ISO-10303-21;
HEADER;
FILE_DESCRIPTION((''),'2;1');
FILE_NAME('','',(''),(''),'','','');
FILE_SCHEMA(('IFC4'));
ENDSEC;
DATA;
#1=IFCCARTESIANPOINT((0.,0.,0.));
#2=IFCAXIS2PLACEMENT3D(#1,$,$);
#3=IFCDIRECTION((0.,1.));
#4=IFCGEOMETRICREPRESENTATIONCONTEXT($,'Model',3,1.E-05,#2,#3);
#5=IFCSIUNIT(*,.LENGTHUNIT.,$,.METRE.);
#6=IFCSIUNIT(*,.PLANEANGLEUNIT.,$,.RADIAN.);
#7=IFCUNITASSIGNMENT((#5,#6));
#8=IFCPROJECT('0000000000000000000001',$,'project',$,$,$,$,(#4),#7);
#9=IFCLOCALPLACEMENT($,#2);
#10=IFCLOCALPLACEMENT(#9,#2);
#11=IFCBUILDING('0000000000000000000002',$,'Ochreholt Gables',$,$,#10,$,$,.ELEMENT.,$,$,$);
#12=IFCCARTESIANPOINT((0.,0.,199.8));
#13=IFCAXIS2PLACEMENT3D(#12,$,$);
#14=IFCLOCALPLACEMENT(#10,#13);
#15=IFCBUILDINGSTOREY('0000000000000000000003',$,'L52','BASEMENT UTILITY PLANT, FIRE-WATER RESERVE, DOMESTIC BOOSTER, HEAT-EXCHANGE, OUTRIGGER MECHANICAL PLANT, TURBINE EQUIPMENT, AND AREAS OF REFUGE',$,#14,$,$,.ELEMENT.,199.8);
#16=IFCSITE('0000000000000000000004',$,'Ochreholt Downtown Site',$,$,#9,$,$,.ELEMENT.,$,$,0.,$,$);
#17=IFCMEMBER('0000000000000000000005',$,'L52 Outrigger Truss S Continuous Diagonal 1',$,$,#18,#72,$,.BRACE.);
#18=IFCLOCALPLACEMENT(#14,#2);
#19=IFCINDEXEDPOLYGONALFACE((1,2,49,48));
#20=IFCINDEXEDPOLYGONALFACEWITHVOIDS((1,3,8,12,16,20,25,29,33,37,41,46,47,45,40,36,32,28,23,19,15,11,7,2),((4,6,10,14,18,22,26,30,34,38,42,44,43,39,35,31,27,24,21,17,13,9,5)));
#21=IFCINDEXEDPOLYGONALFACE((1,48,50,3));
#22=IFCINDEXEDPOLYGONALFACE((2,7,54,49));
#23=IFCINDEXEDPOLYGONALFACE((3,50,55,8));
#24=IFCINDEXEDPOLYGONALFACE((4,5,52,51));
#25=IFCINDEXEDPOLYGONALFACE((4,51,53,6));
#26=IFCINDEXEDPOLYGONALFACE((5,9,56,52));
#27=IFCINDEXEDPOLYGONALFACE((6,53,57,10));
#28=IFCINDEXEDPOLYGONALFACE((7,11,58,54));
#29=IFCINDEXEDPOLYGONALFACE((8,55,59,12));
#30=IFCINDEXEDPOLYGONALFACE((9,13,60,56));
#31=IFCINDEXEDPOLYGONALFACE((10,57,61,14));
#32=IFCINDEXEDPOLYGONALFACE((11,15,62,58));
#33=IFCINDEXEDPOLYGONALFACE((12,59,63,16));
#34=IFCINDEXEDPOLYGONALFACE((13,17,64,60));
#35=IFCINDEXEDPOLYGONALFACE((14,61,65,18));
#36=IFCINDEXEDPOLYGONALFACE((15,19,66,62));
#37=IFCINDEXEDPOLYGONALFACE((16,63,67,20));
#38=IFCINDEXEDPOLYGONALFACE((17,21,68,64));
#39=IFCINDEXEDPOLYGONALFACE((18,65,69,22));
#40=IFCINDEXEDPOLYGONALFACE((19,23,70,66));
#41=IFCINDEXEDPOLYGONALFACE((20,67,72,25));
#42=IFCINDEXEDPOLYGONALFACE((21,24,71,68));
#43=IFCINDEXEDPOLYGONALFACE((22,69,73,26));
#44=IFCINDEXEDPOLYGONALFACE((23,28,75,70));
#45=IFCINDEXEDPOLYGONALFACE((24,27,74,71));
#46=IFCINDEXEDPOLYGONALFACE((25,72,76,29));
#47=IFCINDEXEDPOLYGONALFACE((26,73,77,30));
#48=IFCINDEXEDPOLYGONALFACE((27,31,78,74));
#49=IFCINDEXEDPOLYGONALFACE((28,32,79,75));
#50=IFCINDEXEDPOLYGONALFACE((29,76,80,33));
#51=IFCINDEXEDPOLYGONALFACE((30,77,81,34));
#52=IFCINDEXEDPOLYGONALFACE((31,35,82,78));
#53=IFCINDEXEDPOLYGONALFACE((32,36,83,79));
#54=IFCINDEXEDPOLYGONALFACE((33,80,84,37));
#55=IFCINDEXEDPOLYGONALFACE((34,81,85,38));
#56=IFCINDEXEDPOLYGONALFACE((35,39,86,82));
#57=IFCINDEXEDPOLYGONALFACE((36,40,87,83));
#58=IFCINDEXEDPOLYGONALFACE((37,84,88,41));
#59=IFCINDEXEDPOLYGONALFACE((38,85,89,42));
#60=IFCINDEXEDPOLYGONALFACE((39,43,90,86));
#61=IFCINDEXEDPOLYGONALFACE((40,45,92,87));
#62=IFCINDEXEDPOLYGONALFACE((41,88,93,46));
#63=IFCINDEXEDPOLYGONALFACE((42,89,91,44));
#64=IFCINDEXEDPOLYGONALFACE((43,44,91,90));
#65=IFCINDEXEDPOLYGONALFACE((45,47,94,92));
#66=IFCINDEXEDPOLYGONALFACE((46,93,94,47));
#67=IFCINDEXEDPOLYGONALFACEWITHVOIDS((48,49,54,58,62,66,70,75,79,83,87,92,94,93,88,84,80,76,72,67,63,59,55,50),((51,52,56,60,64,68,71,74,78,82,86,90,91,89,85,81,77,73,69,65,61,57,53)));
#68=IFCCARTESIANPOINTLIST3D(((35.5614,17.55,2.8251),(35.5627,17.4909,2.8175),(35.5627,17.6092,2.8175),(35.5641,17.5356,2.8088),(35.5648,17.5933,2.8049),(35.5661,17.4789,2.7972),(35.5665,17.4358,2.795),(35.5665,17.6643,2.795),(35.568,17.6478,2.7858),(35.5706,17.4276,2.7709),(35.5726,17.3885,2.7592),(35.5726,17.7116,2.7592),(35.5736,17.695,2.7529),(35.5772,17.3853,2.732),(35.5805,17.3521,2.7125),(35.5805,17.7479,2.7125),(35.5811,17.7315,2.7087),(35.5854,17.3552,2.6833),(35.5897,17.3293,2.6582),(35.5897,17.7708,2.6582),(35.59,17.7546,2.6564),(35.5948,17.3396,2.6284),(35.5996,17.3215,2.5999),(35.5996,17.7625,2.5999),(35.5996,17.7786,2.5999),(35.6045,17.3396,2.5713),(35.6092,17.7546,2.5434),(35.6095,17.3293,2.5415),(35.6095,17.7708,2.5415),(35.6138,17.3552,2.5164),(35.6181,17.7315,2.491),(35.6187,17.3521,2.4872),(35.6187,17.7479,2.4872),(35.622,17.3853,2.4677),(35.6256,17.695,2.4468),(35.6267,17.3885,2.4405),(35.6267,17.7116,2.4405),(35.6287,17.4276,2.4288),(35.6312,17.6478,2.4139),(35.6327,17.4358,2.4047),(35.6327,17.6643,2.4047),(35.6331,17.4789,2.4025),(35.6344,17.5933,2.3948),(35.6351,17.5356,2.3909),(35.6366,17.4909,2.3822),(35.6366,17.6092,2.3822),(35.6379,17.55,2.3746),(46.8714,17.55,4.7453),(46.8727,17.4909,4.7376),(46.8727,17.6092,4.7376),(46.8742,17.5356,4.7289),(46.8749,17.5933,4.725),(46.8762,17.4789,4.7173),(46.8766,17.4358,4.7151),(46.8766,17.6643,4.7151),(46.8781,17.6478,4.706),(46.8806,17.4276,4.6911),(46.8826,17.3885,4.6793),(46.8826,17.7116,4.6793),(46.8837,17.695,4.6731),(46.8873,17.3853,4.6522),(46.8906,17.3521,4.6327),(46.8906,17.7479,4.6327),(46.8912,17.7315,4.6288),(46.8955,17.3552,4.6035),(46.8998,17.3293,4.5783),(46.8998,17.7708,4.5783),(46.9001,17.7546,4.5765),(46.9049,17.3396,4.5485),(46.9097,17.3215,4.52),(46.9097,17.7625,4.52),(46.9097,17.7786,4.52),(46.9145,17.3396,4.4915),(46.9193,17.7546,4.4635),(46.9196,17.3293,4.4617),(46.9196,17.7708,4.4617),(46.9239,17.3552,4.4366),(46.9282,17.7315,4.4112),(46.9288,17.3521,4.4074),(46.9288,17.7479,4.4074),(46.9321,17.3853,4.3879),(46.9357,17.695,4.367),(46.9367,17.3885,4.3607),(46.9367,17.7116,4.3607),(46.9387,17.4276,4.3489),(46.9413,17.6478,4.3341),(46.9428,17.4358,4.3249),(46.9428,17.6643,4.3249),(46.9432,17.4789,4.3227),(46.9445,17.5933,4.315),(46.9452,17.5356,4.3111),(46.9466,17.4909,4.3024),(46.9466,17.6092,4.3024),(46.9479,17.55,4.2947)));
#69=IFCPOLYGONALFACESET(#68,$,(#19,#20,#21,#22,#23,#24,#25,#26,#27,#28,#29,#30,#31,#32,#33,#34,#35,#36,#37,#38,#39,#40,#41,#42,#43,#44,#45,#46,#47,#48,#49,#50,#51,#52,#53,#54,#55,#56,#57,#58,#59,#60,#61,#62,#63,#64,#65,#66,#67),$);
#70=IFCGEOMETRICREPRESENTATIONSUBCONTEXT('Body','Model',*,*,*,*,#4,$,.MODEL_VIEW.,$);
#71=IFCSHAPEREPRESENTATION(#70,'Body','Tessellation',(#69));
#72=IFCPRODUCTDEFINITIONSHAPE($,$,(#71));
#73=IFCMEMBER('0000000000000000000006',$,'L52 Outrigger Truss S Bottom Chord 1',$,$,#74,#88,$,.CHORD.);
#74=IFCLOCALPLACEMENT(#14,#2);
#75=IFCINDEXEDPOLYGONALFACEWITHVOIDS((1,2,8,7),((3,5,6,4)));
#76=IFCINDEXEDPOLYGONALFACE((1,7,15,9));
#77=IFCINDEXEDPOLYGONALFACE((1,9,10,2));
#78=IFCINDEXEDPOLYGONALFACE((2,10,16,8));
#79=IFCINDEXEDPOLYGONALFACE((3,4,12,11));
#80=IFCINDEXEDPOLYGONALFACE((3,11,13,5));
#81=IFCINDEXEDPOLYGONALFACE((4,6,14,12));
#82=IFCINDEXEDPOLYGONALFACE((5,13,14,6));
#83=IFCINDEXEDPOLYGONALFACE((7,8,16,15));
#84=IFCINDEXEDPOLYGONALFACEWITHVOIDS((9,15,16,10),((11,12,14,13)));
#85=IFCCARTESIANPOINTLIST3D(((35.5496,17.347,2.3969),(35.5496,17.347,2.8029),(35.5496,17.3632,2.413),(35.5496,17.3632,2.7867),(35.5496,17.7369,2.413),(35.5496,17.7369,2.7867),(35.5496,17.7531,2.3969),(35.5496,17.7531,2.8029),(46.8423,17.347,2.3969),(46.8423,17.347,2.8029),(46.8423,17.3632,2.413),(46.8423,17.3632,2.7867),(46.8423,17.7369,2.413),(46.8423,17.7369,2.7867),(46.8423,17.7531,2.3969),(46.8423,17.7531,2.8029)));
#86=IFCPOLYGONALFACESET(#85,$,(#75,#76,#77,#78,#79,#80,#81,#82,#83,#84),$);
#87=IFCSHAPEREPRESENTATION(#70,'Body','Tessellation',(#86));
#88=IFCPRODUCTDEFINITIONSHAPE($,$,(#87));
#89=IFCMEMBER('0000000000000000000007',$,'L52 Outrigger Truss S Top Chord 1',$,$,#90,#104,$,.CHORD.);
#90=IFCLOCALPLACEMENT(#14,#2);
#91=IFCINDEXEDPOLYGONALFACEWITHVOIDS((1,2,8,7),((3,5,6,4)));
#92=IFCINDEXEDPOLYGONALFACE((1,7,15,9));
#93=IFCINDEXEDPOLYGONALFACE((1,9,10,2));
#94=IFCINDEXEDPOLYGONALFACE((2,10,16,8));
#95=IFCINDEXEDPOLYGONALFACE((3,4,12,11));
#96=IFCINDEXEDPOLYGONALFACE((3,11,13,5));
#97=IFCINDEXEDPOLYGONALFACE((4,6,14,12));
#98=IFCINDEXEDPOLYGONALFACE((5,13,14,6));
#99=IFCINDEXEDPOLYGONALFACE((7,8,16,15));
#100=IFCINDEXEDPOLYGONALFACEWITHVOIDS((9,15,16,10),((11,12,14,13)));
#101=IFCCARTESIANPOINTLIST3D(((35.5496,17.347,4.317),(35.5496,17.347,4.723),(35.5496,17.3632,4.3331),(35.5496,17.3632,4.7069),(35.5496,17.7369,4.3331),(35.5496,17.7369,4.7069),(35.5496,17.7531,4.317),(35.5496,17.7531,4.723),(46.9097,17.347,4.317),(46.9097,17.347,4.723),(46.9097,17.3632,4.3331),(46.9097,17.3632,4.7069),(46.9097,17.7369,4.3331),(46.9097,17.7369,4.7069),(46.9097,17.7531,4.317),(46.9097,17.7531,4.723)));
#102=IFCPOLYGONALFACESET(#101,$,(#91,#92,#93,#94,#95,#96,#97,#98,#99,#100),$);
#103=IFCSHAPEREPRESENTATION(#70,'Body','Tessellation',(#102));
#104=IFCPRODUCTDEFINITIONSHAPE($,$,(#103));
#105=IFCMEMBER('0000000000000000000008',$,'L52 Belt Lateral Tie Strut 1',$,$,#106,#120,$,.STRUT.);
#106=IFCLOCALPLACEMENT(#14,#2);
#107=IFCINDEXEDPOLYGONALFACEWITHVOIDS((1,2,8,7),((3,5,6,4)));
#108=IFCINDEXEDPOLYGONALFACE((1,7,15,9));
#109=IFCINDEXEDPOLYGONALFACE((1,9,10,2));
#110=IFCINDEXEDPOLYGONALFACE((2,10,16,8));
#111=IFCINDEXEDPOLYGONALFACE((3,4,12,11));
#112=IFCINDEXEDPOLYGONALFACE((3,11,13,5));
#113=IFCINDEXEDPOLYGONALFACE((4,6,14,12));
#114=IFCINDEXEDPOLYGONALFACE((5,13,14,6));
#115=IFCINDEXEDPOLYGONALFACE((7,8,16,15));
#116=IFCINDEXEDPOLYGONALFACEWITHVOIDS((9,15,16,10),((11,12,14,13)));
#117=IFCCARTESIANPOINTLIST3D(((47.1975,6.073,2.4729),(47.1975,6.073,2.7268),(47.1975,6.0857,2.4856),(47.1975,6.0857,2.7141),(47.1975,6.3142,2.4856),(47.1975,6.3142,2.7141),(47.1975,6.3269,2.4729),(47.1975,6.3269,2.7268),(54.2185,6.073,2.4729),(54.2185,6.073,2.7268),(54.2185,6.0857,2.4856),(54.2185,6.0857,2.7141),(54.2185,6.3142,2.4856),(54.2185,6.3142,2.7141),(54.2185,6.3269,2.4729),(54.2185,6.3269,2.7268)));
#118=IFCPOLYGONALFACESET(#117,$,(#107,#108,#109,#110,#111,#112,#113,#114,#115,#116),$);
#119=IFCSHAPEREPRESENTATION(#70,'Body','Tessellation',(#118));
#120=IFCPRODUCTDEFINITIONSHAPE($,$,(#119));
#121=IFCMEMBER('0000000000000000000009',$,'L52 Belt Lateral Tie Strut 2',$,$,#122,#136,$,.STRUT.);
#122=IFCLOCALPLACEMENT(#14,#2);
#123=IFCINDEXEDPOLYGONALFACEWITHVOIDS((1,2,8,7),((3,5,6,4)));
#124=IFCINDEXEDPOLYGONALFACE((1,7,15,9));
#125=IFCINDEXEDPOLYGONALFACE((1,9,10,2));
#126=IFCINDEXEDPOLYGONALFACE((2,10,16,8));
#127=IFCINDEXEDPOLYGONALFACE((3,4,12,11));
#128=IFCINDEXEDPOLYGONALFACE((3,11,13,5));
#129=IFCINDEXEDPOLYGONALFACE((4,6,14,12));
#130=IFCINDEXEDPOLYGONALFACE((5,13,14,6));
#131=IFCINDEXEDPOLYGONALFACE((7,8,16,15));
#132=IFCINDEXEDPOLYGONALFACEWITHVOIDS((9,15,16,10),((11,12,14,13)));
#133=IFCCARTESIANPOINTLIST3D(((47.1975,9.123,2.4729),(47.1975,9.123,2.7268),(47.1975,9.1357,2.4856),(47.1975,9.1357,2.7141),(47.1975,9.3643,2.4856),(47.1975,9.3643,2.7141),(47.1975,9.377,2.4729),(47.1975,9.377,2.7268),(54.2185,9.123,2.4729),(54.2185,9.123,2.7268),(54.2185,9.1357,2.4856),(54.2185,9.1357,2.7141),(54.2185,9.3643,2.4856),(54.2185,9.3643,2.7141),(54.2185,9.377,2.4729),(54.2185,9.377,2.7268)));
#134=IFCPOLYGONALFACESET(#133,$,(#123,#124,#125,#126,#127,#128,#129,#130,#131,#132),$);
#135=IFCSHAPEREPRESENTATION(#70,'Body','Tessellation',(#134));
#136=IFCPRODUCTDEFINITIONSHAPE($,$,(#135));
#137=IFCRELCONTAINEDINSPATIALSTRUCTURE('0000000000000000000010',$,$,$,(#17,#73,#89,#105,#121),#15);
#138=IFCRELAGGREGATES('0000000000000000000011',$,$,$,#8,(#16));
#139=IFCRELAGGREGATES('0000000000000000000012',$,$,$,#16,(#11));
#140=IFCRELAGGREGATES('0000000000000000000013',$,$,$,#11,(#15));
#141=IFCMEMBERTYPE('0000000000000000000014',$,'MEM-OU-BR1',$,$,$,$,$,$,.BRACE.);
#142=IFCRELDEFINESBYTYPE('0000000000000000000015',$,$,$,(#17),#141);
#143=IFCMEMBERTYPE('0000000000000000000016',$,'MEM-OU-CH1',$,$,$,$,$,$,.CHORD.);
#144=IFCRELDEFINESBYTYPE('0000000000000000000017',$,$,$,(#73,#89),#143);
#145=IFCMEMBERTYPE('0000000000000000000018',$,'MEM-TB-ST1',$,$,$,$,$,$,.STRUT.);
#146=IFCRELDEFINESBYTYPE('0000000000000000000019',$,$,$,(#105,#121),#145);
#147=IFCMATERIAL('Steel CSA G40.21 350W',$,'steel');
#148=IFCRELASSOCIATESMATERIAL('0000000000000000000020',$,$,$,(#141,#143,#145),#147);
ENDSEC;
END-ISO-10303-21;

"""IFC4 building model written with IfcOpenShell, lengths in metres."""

from ifc_helpers import new_model, si_unit, direction, frame, origin, origin_2d, place, context, subcontext, project, spatial, hollow_rectangle, hollow_circle, extrude, material, material_profile, profile_set, type_object, element, save


model = new_model("IFC4")

# Units and contexts
model_context = context("Model", 3, precision=1e-05, world=origin(), true_north=direction((0.0, 1.0)))
body_context = subcontext(model_context, "Body", "Model", "MODEL_VIEW")
ifc_project = project(units=[si_unit("LENGTHUNIT", "METRE"), si_unit("PLANEANGLEUNIT", "RADIAN")], contexts=[model_context])

# Site, building, storey
site_placement = place(None, origin())
site = spatial("IfcSite", under=ifc_project, at=site_placement, Name="Ochreholt Downtown Site", CompositionType="ELEMENT", RefElevation=0.0)
building_placement = place(site_placement, origin())
building = spatial("IfcBuilding", under=site, at=building_placement, Name="Ochreholt Gables", CompositionType="ELEMENT")
storey_placement = place(building_placement, frame((0.0, 0.0, 199.8)))
storey = spatial("IfcBuildingStorey", under=building, at=storey_placement, Name="L52", Description="BASEMENT UTILITY PLANT, FIRE-WATER RESERVE, DOMESTIC BOOSTER, HEAT-EXCHANGE, OUTRIGGER MECHANICAL PLANT, TURBINE EQUIPMENT, AND AREAS OF REFUGE", CompositionType="ELEMENT", Elevation=199.8)

# Shared definitions
ifc_material_1 = material(Name="Steel CSA G40.21 350W", Category="steel")

# Members
ifc_material_profile_1 = material_profile(ifc_material_1, hollow_circle(Radius=0.2285, WallThickness=0.0161, at=origin_2d()), Name="CHS457X16")
ifc_profile_set_1 = profile_set([ifc_material_profile_1], Name="Steel CSA G40.21 350W")
member_type_1 = type_object("IfcMemberType", Name="MEM-OU-BR1", PredefinedType="BRACE", material=ifc_profile_set_1)
member_1_placement = place(storey_placement, frame((35.5996, 17.55, 2.5999), z_axis=(0.985892, 0.0, 0.16738), x_axis=(0.0, 1.0, 0.0)))
element("IfcMember", 1, at=member_1_placement, inside=storey, type_object=member_type_1, Name="L52 Outrigger Truss S Continuous Diagonal 1", PredefinedType="BRACE", context=body_context, shape_type="SweptSolid", body=[
    extrude(hollow_circle(Radius=0.2285, WallThickness=0.0161, at=origin_2d()), origin(), (0.0, 0.0, 1.0), 11.4719),
])
ifc_material_profile_2 = material_profile(ifc_material_1, hollow_rectangle(XDim=0.406, YDim=0.406, WallThickness=0.0161, at=origin_2d()), Name="HSS406X406X16")
ifc_profile_set_2 = profile_set([ifc_material_profile_2], Name="Steel CSA G40.21 350W")
member_type_2 = type_object("IfcMemberType", Name="MEM-OU-CH1", PredefinedType="CHORD", material=ifc_profile_set_2)
member_2_placement = place(storey_placement, frame((35.5496, 17.55, 2.5999), z_axis=(1.0, 0.0, 0.0), x_axis=(0.0, 1.0, 0.0)))
element("IfcMember", 2, at=member_2_placement, inside=storey, type_object=member_type_2, Name="L52 Outrigger Truss S Bottom Chord 1", PredefinedType="CHORD", context=body_context, shape_type="SweptSolid", body=[
    extrude(hollow_rectangle(XDim=0.406, YDim=0.406, WallThickness=0.0161, at=origin_2d()), origin(), (0.0, 0.0, 1.0), 11.2927),
])
member_3_placement = place(storey_placement, frame((35.5496, 17.55, 4.52), z_axis=(1.0, 0.0, 0.0), x_axis=(0.0, 1.0, 0.0)))
element("IfcMember", 3, at=member_3_placement, inside=storey, type_object=member_type_2, Name="L52 Outrigger Truss S Top Chord 1", PredefinedType="CHORD", context=body_context, shape_type="SweptSolid", body=[
    extrude(hollow_rectangle(XDim=0.406, YDim=0.406, WallThickness=0.0161, at=origin_2d()), origin(), (0.0, 0.0, 1.0), 11.3601),
])
ifc_material_profile_3 = material_profile(ifc_material_1, hollow_rectangle(XDim=0.2539, YDim=0.2539, WallThickness=0.0127, at=origin_2d()), Name="HSS254X254X13")
ifc_profile_set_3 = profile_set([ifc_material_profile_3], Name="Steel CSA G40.21 350W")
member_type_3 = type_object("IfcMemberType", Name="MEM-TB-ST1", PredefinedType="STRUT", material=ifc_profile_set_3)
for number, where, z_axis, x_axis, name in (
    (4, (47.1975, 6.2, 2.5999), (1.0, 0.0, 0.0), (0.0, 1.0, 0.0), "L52 Belt Lateral Tie Strut 1"),
    (5, (47.1975, 9.25, 2.5999), (1.0, 0.0, 0.0), (0.0, 1.0, 0.0), "L52 Belt Lateral Tie Strut 2"),
):
    element("IfcMember", number, at=place(storey_placement, frame(where, z_axis=z_axis, x_axis=x_axis)), inside=storey, type_object=member_type_3, Name=name, PredefinedType="STRUT", context=body_context, shape_type="SweptSolid", body=[
        extrude(hollow_rectangle(XDim=0.2539, YDim=0.2539, WallThickness=0.0127, at=origin_2d()), origin(), (0.0, 0.0, 1.0), 7.021),
    ])

save(model, "model.ifc")
